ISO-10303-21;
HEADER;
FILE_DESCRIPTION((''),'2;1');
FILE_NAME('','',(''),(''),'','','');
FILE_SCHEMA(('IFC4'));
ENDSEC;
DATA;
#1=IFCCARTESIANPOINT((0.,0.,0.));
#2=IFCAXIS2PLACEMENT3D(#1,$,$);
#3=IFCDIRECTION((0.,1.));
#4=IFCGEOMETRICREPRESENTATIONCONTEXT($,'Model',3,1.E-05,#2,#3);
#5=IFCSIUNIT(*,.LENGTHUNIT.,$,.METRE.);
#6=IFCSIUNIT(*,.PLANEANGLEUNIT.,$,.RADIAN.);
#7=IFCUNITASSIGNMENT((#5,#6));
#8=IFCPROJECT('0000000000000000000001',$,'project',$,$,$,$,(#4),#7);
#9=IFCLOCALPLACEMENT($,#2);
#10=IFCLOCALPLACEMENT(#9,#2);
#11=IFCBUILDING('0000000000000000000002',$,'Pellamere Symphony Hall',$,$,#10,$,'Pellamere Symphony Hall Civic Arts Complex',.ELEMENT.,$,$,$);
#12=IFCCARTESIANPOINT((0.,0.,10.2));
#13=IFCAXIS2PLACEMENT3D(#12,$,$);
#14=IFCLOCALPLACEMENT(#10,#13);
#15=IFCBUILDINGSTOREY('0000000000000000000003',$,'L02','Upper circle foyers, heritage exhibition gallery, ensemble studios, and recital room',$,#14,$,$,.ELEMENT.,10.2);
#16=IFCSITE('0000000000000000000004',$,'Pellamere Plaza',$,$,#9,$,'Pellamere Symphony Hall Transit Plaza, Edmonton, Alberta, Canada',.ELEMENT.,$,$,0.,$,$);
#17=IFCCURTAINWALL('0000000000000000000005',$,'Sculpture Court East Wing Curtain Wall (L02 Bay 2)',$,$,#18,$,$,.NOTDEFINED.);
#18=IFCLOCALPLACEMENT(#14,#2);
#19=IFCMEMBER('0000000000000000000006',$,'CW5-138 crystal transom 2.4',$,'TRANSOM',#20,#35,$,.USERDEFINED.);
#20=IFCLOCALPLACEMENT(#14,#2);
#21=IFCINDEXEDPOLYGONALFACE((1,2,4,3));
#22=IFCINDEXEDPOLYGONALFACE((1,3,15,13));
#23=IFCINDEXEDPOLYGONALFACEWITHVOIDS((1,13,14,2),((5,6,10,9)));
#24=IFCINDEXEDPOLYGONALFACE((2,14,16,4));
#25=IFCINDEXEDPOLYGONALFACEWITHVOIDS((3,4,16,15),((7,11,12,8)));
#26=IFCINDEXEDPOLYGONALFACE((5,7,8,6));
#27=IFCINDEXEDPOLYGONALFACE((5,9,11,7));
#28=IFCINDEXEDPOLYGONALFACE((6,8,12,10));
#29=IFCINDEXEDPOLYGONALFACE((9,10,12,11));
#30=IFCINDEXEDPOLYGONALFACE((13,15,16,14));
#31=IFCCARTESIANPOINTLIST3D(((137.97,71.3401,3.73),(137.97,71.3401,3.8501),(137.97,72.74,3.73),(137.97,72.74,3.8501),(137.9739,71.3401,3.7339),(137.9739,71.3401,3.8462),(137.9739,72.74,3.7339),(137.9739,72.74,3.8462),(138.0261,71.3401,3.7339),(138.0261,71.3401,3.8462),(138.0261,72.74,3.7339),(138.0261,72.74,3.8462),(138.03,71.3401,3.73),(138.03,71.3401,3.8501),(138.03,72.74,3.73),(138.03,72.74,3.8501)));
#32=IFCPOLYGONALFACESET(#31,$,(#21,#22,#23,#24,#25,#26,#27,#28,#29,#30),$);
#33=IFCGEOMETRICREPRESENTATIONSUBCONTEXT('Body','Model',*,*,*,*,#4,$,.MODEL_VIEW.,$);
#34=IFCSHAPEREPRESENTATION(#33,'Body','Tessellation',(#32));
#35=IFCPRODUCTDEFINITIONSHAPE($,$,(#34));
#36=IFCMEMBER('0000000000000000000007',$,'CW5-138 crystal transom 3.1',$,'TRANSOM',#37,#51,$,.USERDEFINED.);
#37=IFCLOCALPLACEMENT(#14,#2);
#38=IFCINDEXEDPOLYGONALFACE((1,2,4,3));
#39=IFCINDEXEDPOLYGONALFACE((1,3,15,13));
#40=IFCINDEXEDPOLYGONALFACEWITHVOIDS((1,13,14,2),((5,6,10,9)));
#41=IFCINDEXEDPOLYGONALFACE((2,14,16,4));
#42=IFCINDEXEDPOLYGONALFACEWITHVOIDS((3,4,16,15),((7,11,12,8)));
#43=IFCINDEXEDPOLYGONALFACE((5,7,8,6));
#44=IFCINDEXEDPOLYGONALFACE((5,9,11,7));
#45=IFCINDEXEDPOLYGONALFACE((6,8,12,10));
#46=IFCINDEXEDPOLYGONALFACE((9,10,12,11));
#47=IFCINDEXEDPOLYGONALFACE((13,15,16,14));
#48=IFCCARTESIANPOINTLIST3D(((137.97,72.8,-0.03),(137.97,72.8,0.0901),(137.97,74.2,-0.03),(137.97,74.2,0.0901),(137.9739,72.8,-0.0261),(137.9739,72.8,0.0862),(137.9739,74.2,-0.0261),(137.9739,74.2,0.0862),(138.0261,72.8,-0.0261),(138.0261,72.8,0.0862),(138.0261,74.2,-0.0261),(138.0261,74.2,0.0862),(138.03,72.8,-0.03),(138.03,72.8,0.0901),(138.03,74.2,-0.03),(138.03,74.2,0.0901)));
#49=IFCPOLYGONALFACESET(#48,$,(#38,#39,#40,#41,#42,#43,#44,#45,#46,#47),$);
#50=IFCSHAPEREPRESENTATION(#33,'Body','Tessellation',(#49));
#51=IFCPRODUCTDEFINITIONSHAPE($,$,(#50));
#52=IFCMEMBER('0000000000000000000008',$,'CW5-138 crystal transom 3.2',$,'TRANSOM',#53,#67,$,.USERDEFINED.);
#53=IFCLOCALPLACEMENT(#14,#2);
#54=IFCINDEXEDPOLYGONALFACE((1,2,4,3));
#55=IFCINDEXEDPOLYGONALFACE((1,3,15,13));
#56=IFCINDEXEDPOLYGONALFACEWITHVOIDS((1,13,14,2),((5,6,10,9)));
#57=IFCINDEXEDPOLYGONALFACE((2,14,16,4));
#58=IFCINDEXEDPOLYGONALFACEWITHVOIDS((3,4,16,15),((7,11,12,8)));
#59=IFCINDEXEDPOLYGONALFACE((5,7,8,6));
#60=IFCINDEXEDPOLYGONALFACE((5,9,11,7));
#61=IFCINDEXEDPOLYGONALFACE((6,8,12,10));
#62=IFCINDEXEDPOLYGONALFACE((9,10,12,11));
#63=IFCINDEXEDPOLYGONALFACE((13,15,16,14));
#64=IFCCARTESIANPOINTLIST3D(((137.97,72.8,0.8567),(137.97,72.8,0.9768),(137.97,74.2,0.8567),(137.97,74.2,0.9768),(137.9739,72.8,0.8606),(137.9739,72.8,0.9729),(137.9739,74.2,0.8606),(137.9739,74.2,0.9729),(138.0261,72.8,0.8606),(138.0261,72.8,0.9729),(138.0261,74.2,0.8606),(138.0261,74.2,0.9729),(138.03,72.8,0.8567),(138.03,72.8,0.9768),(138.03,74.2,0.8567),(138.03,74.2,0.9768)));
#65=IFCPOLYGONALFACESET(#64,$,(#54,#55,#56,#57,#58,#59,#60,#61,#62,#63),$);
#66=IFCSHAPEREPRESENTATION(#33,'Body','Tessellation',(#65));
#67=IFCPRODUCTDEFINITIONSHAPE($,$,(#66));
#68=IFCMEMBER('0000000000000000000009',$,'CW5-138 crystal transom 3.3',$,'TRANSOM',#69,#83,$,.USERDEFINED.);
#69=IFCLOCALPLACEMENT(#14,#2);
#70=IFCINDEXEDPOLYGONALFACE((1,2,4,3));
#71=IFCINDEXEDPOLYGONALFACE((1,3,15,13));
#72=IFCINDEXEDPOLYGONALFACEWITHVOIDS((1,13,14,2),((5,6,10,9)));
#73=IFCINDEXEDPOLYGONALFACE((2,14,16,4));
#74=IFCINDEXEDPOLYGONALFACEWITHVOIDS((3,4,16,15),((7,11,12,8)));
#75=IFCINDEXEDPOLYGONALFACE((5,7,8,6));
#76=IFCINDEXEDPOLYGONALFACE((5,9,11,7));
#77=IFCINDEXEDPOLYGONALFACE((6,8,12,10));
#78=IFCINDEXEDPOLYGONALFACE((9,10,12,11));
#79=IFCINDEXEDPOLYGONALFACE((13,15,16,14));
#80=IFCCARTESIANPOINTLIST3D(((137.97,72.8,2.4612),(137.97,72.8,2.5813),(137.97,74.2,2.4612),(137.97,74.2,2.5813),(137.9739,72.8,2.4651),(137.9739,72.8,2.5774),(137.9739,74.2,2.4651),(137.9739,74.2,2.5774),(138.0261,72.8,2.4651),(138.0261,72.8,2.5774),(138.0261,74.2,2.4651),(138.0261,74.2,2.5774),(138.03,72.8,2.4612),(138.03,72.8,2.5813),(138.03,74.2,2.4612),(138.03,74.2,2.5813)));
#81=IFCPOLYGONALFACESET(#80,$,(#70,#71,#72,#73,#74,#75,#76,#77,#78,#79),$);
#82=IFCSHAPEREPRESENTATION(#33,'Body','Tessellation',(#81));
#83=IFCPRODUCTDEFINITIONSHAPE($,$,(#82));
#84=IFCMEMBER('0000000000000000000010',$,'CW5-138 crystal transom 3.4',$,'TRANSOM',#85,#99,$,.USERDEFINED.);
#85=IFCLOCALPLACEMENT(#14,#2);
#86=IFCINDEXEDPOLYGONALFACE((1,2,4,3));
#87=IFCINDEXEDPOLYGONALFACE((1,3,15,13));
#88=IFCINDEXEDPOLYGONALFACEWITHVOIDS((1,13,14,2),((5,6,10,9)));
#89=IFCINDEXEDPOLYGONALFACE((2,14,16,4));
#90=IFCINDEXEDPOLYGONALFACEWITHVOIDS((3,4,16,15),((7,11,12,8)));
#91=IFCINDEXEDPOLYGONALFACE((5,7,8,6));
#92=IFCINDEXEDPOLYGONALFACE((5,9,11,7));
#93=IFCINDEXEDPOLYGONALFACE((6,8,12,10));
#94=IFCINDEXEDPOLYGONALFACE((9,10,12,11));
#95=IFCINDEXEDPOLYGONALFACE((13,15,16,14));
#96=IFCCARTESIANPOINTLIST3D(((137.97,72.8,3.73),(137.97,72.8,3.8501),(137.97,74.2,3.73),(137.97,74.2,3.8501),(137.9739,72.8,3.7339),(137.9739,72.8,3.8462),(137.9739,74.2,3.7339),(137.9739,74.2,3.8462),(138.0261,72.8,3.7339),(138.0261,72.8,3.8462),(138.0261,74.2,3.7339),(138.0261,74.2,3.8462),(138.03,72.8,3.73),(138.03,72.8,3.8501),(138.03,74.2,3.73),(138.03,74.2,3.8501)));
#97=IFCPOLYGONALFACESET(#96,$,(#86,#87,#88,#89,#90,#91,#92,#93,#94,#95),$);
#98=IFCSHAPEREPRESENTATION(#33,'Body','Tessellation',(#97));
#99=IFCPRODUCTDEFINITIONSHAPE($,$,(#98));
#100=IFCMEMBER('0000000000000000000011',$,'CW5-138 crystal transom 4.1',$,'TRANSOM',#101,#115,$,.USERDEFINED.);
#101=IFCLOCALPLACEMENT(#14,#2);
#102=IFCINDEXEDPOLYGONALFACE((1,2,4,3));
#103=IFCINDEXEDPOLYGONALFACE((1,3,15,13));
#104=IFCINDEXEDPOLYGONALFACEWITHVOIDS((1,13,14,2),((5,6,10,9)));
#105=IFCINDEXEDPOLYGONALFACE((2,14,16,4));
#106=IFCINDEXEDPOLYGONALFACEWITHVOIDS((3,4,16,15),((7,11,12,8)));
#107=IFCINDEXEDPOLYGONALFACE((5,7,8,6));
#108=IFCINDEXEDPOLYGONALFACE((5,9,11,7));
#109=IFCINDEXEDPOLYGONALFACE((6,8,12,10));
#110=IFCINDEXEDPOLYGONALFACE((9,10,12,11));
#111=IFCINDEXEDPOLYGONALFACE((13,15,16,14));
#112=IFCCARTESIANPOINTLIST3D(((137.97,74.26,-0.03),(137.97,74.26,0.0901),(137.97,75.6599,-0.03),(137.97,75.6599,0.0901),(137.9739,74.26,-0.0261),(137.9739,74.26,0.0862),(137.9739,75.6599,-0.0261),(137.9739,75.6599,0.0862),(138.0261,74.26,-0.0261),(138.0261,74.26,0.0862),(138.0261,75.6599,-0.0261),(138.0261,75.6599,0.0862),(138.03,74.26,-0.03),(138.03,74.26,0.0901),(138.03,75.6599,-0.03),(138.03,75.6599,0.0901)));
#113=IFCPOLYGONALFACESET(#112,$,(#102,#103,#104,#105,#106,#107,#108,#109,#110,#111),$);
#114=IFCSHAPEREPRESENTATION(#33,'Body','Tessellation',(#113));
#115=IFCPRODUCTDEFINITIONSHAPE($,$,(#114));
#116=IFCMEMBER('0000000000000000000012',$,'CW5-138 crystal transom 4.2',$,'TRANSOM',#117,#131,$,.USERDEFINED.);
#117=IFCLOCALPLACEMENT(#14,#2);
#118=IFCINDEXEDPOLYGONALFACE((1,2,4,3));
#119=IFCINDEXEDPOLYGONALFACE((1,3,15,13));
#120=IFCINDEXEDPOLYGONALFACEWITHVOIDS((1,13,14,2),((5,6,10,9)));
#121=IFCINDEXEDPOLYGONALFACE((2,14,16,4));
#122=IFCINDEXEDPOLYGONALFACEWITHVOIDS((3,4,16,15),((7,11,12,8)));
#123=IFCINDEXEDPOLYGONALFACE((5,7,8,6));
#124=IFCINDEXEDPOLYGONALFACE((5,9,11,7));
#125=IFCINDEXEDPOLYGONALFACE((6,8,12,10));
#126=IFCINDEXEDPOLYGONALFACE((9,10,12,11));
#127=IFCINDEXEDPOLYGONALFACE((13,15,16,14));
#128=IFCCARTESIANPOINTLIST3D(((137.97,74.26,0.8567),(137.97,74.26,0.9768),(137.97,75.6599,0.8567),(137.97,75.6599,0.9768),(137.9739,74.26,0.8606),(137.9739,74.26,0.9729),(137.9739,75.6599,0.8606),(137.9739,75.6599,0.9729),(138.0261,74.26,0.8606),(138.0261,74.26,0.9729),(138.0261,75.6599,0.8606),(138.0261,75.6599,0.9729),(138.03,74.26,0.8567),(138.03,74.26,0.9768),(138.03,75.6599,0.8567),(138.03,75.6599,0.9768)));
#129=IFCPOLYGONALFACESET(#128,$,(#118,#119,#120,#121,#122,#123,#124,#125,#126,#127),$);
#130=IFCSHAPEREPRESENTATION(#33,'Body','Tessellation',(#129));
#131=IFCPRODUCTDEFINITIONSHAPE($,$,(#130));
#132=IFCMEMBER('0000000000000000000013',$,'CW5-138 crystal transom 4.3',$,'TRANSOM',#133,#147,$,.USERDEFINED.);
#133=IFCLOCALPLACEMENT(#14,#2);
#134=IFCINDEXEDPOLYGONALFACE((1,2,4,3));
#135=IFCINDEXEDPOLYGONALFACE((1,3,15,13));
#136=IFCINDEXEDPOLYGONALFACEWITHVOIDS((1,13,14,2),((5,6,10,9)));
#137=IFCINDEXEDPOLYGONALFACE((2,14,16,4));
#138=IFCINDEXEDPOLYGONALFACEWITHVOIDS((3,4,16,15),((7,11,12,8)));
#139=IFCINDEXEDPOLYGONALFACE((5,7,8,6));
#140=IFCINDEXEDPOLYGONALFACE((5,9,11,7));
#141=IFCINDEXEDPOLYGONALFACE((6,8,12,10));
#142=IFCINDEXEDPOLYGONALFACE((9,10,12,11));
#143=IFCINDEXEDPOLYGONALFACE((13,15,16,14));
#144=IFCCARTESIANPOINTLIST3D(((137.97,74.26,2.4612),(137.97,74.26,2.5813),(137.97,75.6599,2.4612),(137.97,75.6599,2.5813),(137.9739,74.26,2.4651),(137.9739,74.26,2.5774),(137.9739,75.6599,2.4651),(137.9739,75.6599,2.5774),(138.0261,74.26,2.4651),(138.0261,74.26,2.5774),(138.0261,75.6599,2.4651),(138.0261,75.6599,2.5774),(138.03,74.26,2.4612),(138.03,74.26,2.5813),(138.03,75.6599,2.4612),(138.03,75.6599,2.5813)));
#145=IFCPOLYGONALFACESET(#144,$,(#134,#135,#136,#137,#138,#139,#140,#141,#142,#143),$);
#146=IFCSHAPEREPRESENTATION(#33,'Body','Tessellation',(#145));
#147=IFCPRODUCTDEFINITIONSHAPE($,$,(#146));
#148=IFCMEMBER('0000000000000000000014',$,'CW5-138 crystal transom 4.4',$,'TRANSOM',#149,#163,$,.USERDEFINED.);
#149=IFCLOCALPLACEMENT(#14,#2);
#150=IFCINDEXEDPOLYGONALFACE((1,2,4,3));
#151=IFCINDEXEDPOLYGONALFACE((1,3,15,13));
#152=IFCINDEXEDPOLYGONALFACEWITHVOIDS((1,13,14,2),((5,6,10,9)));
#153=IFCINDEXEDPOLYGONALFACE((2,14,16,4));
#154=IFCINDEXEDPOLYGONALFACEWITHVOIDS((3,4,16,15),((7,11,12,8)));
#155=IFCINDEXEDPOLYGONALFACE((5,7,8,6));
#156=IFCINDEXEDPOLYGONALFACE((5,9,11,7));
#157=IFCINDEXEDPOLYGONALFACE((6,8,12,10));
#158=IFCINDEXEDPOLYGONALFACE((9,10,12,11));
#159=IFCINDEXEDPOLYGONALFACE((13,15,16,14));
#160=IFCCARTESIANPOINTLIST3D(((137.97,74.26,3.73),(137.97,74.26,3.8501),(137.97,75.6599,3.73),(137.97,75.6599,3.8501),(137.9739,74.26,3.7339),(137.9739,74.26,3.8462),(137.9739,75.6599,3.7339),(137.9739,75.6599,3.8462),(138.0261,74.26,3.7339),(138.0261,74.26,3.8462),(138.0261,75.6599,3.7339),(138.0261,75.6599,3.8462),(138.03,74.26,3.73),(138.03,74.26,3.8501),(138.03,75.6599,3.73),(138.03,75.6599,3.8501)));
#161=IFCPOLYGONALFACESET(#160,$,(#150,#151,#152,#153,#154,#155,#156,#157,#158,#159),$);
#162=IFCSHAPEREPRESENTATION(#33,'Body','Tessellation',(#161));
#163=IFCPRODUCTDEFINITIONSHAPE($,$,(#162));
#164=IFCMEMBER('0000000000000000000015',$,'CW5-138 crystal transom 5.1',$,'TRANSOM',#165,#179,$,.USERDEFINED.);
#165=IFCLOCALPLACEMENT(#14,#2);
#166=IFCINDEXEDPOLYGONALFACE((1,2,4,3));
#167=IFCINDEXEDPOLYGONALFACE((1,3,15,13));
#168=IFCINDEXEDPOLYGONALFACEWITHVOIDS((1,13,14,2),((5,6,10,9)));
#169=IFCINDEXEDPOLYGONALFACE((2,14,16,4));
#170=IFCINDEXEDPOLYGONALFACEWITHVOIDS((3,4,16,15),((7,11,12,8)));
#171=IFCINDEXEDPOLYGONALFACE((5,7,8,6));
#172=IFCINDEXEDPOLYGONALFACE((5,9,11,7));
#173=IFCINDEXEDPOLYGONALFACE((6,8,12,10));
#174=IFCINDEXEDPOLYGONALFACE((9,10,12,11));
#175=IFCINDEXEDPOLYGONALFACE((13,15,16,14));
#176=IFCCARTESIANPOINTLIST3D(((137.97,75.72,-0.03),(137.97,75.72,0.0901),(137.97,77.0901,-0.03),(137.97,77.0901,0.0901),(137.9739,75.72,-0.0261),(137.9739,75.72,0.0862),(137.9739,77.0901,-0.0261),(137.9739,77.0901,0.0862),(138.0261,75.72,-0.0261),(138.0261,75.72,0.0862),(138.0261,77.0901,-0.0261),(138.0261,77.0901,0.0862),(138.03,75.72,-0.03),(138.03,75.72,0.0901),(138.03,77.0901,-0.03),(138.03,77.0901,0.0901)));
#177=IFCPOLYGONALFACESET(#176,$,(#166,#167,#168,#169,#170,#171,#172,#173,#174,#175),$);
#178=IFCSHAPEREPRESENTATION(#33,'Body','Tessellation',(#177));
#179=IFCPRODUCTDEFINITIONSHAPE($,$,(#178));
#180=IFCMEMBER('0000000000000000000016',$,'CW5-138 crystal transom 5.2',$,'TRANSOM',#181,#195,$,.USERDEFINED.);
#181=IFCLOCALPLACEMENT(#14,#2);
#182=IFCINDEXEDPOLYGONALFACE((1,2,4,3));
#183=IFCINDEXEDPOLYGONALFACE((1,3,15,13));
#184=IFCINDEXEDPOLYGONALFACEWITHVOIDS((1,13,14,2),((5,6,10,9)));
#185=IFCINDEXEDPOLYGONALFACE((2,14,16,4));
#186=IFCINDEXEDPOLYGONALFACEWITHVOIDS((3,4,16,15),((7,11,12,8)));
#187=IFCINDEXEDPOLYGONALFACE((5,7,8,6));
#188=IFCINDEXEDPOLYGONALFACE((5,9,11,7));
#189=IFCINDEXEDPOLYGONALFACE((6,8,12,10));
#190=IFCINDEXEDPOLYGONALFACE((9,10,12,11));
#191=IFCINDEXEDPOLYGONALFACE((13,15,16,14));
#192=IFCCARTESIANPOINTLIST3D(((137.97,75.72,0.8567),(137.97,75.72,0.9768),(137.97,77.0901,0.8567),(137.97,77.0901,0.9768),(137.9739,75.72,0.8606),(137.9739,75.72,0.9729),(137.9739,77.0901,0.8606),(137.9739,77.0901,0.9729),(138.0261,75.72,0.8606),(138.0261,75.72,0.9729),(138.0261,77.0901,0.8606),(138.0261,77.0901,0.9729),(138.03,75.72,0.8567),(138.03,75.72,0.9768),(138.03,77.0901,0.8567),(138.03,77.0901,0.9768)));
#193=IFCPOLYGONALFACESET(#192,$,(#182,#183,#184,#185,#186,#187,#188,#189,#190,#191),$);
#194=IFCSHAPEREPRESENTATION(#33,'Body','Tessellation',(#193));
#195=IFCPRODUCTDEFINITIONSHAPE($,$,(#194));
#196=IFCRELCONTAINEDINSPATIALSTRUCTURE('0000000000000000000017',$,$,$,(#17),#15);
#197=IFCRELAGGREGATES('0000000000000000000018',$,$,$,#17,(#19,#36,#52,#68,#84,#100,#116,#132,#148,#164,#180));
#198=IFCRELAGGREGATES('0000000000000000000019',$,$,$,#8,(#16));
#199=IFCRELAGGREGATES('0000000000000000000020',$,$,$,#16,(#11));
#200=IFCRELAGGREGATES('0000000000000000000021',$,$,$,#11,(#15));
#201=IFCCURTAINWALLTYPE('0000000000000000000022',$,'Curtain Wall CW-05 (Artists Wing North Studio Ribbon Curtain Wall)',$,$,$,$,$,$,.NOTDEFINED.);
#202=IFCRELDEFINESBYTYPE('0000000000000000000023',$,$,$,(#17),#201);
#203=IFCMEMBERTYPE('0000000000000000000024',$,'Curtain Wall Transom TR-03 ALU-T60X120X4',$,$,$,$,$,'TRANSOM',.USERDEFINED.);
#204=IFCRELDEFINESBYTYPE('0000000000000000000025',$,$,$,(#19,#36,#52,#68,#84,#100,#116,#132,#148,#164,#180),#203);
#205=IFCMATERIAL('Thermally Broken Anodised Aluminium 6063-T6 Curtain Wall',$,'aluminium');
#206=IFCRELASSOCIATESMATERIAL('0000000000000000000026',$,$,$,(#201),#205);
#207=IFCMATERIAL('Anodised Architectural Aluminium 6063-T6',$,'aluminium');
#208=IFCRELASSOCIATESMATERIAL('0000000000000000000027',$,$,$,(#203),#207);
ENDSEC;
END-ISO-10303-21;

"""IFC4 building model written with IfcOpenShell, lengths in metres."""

from ifc_helpers import new_model, si_unit, direction, frame, origin, origin_2d, place, context, subcontext, project, spatial, hollow_rectangle, extrude, material, material_profile, profile_set, type_object, element, aggregate, save


model = new_model("IFC4")

# Units and contexts
model_context = context("Model", 3, precision=1e-05, world=origin(), true_north=direction((0.0, 1.0)))
body_context = subcontext(model_context, "Body", "Model", "MODEL_VIEW")
ifc_project = project(units=[si_unit("LENGTHUNIT", "METRE"), si_unit("PLANEANGLEUNIT", "RADIAN")], contexts=[model_context])

# Site, building, storey
site_placement = place(None, origin())
site = spatial("IfcSite", under=ifc_project, at=site_placement, Name="Pellamere Plaza", LongName="Pellamere Symphony Hall Transit Plaza, Edmonton, Alberta, Canada", CompositionType="ELEMENT", RefElevation=0.0)
building_placement = place(site_placement, origin())
building = spatial("IfcBuilding", under=site, at=building_placement, Name="Pellamere Symphony Hall", LongName="Pellamere Symphony Hall Civic Arts Complex", CompositionType="ELEMENT")
storey_placement = place(building_placement, frame((0.0, 0.0, 10.2)))
storey = spatial("IfcBuildingStorey", under=building, at=storey_placement, Name="L02", Description="Upper circle foyers, heritage exhibition gallery, ensemble studios, and recital room", CompositionType="ELEMENT", Elevation=10.2)

# Curtain wall, members
ifc_material_1 = material(Name="Thermally Broken Anodised Aluminium 6063-T6 Curtain Wall", Category="aluminium")
curtain_wall_type = type_object("IfcCurtainWallType", Name="Curtain Wall CW-05 (Artists Wing North Studio Ribbon Curtain Wall)", PredefinedType="NOTDEFINED", material=ifc_material_1)
curtain_wall_placement = place(storey_placement, origin())
curtain_wall = element("IfcCurtainWall", 1, at=curtain_wall_placement, inside=storey, type_object=curtain_wall_type, Name="Sculpture Court East Wing Curtain Wall (L02 Bay 2)", PredefinedType="NOTDEFINED")
ifc_material_2 = material(Name="Anodised Architectural Aluminium 6063-T6", Category="aluminium")
ifc_material_profile_1 = material_profile(ifc_material_2, hollow_rectangle(XDim=0.0601, YDim=0.1201, WallThickness=0.0039, at=origin_2d()), Name="ALU-T60X120X4")
ifc_profile_set_1 = profile_set([ifc_material_profile_1], Name="Anodised Architectural Aluminium 6063-T6")
member_type_1 = type_object("IfcMemberType", Name="Curtain Wall Transom TR-03 ALU-T60X120X4", ElementType="TRANSOM", PredefinedType="USERDEFINED", material=ifc_profile_set_1)
member_1_placement = place(storey_placement, frame((138.0, 71.3401, 3.79), z_axis=(0.0, 1.0, 0.0), x_axis=(-1.0, 0.0, 0.0)))
member_1 = element("IfcMember", 2, at=member_1_placement, type_object=member_type_1, Name="CW5-138 crystal transom 2.4", ObjectType="TRANSOM", PredefinedType="USERDEFINED", context=body_context, shape_type="SweptSolid", body=[
    extrude(hollow_rectangle(XDim=0.0601, YDim=0.1201, WallThickness=0.0039, at=origin_2d()), origin(), (0.0, 0.0, 1.0), 1.3999),
])
member_2_placement = place(storey_placement, frame((138.0, 72.8, 0.03), z_axis=(0.0, 1.0, 0.0), x_axis=(-1.0, 0.0, 0.0)))
member_2 = element("IfcMember", 3, at=member_2_placement, type_object=member_type_1, Name="CW5-138 crystal transom 3.1", ObjectType="TRANSOM", PredefinedType="USERDEFINED", context=body_context, shape_type="SweptSolid", body=[
    extrude(hollow_rectangle(XDim=0.0601, YDim=0.1201, WallThickness=0.0039, at=origin_2d()), origin(), (0.0, 0.0, 1.0), 1.3999),
])
member_3_placement = place(storey_placement, frame((138.0, 72.8, 0.9167), z_axis=(0.0, 1.0, 0.0), x_axis=(-1.0, 0.0, 0.0)))
member_3 = element("IfcMember", 4, at=member_3_placement, type_object=member_type_1, Name="CW5-138 crystal transom 3.2", ObjectType="TRANSOM", PredefinedType="USERDEFINED", context=body_context, shape_type="SweptSolid", body=[
    extrude(hollow_rectangle(XDim=0.0601, YDim=0.1201, WallThickness=0.0039, at=origin_2d()), origin(), (0.0, 0.0, 1.0), 1.3999),
])
member_4_placement = place(storey_placement, frame((138.0, 72.8, 2.5212), z_axis=(0.0, 1.0, 0.0), x_axis=(-1.0, 0.0, 0.0)))
member_4 = element("IfcMember", 5, at=member_4_placement, type_object=member_type_1, Name="CW5-138 crystal transom 3.3", ObjectType="TRANSOM", PredefinedType="USERDEFINED", context=body_context, shape_type="SweptSolid", body=[
    extrude(hollow_rectangle(XDim=0.0601, YDim=0.1201, WallThickness=0.0039, at=origin_2d()), origin(), (0.0, 0.0, 1.0), 1.3999),
])
member_5_placement = place(storey_placement, frame((138.0, 72.8, 3.79), z_axis=(0.0, 1.0, 0.0), x_axis=(-1.0, 0.0, 0.0)))
member_5 = element("IfcMember", 6, at=member_5_placement, type_object=member_type_1, Name="CW5-138 crystal transom 3.4", ObjectType="TRANSOM", PredefinedType="USERDEFINED", context=body_context, shape_type="SweptSolid", body=[
    extrude(hollow_rectangle(XDim=0.0601, YDim=0.1201, WallThickness=0.0039, at=origin_2d()), origin(), (0.0, 0.0, 1.0), 1.3999),
])
member_6_placement = place(storey_placement, frame((138.0, 74.26, 0.03), z_axis=(0.0, 1.0, 0.0), x_axis=(-1.0, 0.0, 0.0)))
member_6 = element("IfcMember", 7, at=member_6_placement, type_object=member_type_1, Name="CW5-138 crystal transom 4.1", ObjectType="TRANSOM", PredefinedType="USERDEFINED", context=body_context, shape_type="SweptSolid", body=[
    extrude(hollow_rectangle(XDim=0.0601, YDim=0.1201, WallThickness=0.0039, at=origin_2d()), origin(), (0.0, 0.0, 1.0), 1.3999),
])
member_7_placement = place(storey_placement, frame((138.0, 74.26, 0.9167), z_axis=(0.0, 1.0, 0.0), x_axis=(-1.0, 0.0, 0.0)))
member_7 = element("IfcMember", 8, at=member_7_placement, type_object=member_type_1, Name="CW5-138 crystal transom 4.2", ObjectType="TRANSOM", PredefinedType="USERDEFINED", context=body_context, shape_type="SweptSolid", body=[
    extrude(hollow_rectangle(XDim=0.0601, YDim=0.1201, WallThickness=0.0039, at=origin_2d()), origin(), (0.0, 0.0, 1.0), 1.3999),
])
member_8_placement = place(storey_placement, frame((138.0, 74.26, 2.5212), z_axis=(0.0, 1.0, 0.0), x_axis=(-1.0, 0.0, 0.0)))
member_8 = element("IfcMember", 9, at=member_8_placement, type_object=member_type_1, Name="CW5-138 crystal transom 4.3", ObjectType="TRANSOM", PredefinedType="USERDEFINED", context=body_context, shape_type="SweptSolid", body=[
    extrude(hollow_rectangle(XDim=0.0601, YDim=0.1201, WallThickness=0.0039, at=origin_2d()), origin(), (0.0, 0.0, 1.0), 1.3999),
])
member_9_placement = place(storey_placement, frame((138.0, 74.26, 3.79), z_axis=(0.0, 1.0, 0.0), x_axis=(-1.0, 0.0, 0.0)))
member_9 = element("IfcMember", 10, at=member_9_placement, type_object=member_type_1, Name="CW5-138 crystal transom 4.4", ObjectType="TRANSOM", PredefinedType="USERDEFINED", context=body_context, shape_type="SweptSolid", body=[
    extrude(hollow_rectangle(XDim=0.0601, YDim=0.1201, WallThickness=0.0039, at=origin_2d()), origin(), (0.0, 0.0, 1.0), 1.3999),
])
member_10_placement = place(storey_placement, frame((138.0, 75.72, 0.03), z_axis=(0.0, 1.0, 0.0), x_axis=(-1.0, 0.0, 0.0)))
member_10 = element("IfcMember", 11, at=member_10_placement, type_object=member_type_1, Name="CW5-138 crystal transom 5.1", ObjectType="TRANSOM", PredefinedType="USERDEFINED", context=body_context, shape_type="SweptSolid", body=[
    extrude(hollow_rectangle(XDim=0.0601, YDim=0.1201, WallThickness=0.0039, at=origin_2d()), origin(), (0.0, 0.0, 1.0), 1.3701),
])
member_11_placement = place(storey_placement, frame((138.0, 75.72, 0.9167), z_axis=(0.0, 1.0, 0.0), x_axis=(-1.0, 0.0, 0.0)))
member_11 = element("IfcMember", 12, at=member_11_placement, type_object=member_type_1, Name="CW5-138 crystal transom 5.2", ObjectType="TRANSOM", PredefinedType="USERDEFINED", context=body_context, shape_type="SweptSolid", body=[
    extrude(hollow_rectangle(XDim=0.0601, YDim=0.1201, WallThickness=0.0039, at=origin_2d()), origin(), (0.0, 0.0, 1.0), 1.3701),
])
aggregate(curtain_wall, [member_1, member_2, member_3, member_4, member_5, member_6, member_7, member_8, member_9, member_10, member_11])

save(model, "model.ifc")
